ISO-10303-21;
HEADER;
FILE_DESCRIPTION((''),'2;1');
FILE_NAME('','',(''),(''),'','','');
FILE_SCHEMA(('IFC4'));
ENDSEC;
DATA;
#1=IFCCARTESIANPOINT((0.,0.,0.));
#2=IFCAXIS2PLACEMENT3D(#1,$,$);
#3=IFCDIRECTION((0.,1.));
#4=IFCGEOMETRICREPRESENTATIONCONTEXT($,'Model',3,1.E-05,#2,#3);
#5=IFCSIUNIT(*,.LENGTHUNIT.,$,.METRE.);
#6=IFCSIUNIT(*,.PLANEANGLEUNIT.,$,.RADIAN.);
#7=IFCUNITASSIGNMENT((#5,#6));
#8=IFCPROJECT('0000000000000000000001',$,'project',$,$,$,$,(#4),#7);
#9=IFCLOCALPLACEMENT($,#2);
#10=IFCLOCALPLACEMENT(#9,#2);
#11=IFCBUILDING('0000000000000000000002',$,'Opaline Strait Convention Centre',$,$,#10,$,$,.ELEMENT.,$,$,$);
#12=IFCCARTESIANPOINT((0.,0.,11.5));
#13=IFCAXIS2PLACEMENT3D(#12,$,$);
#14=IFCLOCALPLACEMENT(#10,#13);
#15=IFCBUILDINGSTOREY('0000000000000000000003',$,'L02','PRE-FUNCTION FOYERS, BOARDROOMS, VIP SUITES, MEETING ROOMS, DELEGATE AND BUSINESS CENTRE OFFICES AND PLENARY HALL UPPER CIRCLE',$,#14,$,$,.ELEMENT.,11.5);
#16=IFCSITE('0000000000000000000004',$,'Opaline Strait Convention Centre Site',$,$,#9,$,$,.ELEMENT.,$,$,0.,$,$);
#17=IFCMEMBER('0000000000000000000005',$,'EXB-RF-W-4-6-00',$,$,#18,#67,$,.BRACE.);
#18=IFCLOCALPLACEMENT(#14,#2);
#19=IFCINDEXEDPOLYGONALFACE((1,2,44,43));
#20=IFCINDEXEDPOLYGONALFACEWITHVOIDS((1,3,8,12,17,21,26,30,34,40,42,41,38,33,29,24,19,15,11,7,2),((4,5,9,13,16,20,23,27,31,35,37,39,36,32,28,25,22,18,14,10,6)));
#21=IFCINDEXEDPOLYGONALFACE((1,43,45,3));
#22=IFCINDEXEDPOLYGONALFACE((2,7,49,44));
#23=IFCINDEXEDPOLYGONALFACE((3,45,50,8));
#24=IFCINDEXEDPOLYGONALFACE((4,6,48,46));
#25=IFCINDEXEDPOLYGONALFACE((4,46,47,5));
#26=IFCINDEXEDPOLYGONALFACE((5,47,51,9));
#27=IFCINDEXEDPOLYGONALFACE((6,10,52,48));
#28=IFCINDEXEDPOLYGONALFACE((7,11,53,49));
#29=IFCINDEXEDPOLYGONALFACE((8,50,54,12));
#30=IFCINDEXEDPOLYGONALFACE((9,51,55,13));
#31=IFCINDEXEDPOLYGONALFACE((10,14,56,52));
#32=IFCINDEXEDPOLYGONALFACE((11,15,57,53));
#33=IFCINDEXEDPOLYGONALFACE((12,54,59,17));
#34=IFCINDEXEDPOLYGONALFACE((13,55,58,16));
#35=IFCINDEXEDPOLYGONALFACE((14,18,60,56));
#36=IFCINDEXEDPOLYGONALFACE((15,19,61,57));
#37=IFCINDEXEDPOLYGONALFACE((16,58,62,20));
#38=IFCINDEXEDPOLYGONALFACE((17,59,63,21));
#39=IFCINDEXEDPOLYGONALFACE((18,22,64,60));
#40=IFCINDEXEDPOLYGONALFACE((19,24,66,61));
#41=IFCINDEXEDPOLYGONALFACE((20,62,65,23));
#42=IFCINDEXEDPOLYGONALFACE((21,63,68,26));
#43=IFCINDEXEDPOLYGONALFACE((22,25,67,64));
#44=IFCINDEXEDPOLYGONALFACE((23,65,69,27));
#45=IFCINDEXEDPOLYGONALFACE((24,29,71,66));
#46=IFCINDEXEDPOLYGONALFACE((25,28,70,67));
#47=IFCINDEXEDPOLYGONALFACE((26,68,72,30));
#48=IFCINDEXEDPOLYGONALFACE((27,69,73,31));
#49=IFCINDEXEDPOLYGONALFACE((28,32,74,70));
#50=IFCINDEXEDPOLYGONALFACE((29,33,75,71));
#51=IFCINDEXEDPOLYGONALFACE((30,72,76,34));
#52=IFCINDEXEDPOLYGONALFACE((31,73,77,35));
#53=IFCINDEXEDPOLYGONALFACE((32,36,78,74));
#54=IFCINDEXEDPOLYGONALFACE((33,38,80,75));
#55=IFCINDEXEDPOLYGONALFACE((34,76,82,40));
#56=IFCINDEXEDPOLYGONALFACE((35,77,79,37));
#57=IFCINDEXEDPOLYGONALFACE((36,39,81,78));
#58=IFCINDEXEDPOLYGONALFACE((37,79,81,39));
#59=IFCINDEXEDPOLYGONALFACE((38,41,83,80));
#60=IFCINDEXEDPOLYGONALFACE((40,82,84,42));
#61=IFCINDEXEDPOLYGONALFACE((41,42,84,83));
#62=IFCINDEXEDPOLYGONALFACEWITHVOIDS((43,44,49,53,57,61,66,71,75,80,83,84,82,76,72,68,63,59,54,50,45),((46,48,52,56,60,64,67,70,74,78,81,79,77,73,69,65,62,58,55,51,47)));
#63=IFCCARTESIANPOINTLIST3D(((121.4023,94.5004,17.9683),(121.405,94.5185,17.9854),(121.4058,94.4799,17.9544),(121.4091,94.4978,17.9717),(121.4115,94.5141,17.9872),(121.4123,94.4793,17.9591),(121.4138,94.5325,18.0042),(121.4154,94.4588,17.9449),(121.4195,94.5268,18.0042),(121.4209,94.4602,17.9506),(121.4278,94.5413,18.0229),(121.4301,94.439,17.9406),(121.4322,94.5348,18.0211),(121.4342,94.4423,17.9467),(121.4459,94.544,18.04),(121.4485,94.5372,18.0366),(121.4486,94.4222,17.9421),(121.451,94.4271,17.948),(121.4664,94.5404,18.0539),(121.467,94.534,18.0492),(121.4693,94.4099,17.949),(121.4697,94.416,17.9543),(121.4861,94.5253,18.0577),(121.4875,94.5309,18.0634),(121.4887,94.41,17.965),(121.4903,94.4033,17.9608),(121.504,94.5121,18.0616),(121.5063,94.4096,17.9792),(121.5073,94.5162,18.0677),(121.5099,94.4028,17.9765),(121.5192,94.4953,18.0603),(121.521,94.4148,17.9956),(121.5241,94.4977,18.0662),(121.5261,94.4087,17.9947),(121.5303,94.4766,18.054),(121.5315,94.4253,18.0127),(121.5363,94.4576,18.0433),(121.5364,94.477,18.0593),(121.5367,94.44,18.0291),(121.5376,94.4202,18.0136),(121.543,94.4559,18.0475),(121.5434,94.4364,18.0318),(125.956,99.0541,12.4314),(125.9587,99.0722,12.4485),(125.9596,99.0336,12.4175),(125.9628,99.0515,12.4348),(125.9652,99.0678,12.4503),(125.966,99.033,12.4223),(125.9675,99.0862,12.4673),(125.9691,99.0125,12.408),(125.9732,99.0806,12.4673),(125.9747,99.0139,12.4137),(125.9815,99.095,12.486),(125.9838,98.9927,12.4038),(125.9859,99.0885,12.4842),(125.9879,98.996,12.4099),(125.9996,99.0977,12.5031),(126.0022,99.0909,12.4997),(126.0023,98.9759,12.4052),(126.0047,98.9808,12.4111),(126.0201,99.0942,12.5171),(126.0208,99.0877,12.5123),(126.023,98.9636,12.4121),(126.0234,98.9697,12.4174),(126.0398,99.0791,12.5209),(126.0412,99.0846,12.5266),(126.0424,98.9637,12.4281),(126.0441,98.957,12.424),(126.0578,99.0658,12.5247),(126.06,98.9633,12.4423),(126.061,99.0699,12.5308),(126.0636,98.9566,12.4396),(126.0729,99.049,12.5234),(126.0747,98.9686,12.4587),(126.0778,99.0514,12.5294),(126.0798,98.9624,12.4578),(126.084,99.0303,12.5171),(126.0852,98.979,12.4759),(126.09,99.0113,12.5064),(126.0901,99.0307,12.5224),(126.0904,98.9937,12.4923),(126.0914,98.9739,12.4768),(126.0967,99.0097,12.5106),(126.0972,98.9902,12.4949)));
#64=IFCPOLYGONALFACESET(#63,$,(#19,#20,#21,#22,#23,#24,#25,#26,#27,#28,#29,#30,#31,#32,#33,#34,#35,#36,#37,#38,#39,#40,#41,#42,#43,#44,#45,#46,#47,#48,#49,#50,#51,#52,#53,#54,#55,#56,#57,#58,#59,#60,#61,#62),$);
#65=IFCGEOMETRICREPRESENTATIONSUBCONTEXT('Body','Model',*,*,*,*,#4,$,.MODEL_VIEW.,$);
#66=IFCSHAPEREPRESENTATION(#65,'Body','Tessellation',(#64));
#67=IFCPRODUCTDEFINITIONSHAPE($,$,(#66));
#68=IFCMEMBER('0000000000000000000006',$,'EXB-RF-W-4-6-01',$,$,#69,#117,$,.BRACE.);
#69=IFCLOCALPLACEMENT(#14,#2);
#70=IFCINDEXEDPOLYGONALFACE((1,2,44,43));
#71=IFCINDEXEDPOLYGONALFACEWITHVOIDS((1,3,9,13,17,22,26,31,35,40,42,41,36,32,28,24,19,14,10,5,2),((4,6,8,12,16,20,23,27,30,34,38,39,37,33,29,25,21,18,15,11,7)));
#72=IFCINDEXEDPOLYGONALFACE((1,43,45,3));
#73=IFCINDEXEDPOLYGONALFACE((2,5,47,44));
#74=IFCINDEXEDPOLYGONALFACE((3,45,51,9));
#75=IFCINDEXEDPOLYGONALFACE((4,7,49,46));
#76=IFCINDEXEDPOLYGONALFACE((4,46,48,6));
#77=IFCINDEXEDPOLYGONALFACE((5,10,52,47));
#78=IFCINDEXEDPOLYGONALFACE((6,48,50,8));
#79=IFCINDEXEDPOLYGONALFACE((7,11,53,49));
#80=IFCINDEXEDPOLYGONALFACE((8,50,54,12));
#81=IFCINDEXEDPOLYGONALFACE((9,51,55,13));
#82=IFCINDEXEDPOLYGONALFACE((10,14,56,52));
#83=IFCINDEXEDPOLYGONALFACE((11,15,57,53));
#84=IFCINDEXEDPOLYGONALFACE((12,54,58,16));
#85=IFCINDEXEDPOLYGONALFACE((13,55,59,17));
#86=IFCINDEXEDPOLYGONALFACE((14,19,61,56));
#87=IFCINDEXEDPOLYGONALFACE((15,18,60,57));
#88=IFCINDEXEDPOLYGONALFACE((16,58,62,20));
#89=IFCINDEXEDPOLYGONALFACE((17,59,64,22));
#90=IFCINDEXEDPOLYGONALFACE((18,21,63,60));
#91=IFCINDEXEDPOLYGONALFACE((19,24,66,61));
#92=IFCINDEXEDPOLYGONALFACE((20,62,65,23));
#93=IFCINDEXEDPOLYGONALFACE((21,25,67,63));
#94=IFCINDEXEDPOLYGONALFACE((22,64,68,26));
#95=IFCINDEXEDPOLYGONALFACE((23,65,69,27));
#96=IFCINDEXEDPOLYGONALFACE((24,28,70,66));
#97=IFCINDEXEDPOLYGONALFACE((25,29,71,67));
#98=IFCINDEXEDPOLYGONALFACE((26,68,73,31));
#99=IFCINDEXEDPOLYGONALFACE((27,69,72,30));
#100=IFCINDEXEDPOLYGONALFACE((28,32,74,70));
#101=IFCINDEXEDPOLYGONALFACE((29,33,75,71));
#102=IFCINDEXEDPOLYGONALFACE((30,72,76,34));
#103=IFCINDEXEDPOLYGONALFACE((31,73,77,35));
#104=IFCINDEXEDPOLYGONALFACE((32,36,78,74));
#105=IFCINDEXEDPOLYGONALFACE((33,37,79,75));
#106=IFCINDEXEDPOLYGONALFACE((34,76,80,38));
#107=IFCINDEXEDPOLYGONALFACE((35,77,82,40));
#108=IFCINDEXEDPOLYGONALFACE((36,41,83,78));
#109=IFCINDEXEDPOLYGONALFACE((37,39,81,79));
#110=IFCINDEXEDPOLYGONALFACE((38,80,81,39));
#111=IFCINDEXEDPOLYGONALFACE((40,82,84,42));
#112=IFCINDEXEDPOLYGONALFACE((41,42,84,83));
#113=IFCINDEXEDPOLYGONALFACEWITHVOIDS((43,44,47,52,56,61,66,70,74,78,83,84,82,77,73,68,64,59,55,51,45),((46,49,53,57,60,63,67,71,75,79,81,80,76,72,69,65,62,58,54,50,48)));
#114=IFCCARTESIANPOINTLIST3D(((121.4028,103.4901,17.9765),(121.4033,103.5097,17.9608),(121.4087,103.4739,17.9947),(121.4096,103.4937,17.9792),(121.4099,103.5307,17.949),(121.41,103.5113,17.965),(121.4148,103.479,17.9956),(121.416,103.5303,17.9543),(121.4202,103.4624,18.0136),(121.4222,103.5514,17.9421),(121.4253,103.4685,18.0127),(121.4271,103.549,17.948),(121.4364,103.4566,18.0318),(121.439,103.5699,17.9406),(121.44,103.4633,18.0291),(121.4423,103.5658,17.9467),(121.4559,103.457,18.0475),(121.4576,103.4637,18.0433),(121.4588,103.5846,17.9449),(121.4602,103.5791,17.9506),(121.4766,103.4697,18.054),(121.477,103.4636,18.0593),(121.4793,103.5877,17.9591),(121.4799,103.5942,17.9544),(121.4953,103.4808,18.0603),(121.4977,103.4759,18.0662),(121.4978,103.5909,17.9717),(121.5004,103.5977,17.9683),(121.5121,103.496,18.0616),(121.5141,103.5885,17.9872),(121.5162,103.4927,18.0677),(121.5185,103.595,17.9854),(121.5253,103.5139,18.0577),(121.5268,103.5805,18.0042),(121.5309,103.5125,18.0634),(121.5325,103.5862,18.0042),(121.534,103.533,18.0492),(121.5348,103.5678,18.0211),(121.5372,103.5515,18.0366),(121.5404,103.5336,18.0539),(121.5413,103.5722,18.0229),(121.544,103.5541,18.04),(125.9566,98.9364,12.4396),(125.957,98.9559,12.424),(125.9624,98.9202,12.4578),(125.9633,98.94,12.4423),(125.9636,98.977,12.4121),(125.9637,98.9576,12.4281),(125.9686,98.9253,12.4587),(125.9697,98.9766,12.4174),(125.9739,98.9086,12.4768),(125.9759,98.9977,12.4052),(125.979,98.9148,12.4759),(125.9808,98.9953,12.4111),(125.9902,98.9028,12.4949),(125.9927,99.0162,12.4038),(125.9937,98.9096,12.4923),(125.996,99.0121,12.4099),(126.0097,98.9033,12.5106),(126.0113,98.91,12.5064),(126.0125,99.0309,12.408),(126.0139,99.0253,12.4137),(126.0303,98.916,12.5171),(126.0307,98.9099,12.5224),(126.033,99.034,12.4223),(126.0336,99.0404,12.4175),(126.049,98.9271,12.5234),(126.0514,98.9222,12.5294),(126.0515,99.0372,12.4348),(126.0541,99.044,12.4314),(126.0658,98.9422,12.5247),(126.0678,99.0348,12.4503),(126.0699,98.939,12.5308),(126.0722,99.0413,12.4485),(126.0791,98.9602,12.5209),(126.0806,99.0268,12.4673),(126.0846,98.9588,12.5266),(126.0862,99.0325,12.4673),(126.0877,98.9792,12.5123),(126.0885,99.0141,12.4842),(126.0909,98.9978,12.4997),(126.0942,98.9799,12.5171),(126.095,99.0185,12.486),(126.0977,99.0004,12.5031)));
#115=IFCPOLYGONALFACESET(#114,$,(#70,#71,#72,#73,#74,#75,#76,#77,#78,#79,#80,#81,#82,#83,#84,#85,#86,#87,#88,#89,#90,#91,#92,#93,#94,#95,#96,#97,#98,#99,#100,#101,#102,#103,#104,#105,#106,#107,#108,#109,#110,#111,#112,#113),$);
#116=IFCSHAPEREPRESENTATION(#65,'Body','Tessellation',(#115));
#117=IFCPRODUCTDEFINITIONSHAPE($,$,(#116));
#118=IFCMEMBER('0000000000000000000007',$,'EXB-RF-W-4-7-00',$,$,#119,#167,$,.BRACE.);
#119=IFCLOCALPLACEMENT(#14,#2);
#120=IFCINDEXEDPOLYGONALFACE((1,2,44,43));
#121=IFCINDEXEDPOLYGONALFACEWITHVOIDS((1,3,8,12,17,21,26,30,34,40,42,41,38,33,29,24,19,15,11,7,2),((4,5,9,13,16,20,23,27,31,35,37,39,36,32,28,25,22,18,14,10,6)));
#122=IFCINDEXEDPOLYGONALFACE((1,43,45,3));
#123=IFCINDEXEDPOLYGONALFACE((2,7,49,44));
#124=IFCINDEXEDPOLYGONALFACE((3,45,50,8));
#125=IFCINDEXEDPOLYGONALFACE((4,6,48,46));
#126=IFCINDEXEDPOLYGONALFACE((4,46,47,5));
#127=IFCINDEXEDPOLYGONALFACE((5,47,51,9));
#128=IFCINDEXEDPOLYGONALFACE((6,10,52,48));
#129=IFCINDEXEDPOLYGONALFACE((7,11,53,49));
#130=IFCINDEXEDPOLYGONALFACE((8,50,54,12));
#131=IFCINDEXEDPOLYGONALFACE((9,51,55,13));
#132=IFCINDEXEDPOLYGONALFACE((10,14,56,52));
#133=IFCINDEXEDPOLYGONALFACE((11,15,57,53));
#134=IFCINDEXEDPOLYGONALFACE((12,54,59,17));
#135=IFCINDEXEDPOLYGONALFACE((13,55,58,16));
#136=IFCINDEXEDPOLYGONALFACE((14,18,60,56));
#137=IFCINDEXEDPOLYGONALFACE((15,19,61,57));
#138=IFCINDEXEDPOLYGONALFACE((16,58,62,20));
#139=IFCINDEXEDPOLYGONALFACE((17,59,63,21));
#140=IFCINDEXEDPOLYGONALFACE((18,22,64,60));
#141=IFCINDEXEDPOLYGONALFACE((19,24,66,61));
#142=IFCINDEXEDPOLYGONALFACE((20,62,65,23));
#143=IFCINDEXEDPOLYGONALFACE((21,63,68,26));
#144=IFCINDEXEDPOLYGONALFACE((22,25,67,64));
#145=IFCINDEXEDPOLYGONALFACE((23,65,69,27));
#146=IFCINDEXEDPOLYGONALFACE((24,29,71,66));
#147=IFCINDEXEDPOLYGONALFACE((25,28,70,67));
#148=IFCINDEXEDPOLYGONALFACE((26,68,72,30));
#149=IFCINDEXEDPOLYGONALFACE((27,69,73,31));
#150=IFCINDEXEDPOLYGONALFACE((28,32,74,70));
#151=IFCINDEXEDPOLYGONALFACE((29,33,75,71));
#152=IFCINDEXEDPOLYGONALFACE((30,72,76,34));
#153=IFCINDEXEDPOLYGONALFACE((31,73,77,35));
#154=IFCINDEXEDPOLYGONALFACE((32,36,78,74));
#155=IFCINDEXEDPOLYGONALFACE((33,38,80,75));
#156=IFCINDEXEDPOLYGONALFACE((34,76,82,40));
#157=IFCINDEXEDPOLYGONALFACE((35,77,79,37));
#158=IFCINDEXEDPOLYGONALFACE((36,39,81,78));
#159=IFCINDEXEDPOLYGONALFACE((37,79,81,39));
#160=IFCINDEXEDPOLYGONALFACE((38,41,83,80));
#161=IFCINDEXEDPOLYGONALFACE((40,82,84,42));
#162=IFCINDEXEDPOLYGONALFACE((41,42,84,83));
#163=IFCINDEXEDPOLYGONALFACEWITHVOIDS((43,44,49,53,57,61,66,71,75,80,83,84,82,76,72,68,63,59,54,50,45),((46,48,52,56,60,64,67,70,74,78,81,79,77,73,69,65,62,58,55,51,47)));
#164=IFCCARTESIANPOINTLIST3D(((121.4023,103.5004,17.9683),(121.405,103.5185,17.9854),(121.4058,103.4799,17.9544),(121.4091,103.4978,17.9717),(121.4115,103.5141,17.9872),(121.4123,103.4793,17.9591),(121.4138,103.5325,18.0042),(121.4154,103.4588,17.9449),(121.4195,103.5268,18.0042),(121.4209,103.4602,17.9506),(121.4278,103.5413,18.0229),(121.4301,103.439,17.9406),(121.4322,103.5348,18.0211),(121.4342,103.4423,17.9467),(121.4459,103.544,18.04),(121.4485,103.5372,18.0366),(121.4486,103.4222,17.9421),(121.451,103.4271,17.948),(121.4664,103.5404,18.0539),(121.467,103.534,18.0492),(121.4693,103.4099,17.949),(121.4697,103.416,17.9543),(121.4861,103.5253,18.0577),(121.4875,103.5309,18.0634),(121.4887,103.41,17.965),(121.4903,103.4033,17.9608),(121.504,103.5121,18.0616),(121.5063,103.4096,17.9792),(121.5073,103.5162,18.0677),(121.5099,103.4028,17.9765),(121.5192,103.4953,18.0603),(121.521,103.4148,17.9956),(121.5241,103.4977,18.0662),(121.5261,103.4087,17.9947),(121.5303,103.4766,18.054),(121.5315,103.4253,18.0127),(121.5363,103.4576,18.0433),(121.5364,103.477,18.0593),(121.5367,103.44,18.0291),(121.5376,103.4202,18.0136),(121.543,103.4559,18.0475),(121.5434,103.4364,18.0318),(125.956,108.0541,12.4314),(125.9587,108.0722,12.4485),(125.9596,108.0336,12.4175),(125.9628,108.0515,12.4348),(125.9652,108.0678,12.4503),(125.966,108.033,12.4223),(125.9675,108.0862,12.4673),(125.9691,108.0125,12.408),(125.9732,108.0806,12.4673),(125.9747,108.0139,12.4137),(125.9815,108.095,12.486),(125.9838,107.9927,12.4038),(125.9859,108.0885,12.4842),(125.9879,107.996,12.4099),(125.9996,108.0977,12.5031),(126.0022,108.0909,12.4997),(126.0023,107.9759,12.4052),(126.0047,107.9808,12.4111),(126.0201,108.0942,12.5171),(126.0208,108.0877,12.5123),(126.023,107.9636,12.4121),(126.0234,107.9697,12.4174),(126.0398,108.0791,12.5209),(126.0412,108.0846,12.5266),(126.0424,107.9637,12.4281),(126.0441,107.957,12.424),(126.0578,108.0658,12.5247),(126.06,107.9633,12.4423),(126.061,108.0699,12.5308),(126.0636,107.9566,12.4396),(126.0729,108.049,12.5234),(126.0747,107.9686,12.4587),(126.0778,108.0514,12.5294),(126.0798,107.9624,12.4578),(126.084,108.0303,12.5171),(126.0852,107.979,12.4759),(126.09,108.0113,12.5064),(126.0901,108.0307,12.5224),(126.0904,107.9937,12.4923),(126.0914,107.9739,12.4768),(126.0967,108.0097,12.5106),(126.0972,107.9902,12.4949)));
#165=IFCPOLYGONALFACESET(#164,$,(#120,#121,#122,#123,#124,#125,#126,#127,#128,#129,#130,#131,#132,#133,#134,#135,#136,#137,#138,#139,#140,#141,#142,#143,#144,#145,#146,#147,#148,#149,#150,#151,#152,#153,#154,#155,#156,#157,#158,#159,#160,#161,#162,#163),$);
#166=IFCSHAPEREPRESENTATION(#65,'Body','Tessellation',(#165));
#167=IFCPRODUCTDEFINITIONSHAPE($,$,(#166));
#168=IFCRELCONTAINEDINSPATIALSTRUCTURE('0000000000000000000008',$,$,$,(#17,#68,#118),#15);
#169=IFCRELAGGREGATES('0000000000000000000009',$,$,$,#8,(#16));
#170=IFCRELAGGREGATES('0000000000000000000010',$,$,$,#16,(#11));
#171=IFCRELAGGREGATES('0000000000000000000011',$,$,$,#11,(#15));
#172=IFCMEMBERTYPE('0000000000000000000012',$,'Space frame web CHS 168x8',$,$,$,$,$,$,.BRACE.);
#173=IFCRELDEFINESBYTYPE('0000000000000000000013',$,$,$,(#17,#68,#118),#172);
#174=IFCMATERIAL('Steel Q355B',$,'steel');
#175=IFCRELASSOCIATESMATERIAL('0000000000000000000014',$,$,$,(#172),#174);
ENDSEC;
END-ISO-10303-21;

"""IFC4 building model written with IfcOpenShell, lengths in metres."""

from ifc_helpers import new_model, si_unit, direction, frame, origin, origin_2d, place, context, subcontext, project, spatial, hollow_circle, extrude, material, material_profile, profile_set, type_object, element, save


model = new_model("IFC4")

# Units and contexts
model_context = context("Model", 3, precision=1e-05, world=origin(), true_north=direction((0.0, 1.0)))
body_context = subcontext(model_context, "Body", "Model", "MODEL_VIEW")
ifc_project = project(units=[si_unit("LENGTHUNIT", "METRE"), si_unit("PLANEANGLEUNIT", "RADIAN")], contexts=[model_context])

# Site, building, storey
site_placement = place(None, origin())
site = spatial("IfcSite", under=ifc_project, at=site_placement, Name="Opaline Strait Convention Centre Site", CompositionType="ELEMENT", RefElevation=0.0)
building_placement = place(site_placement, origin())
building = spatial("IfcBuilding", under=site, at=building_placement, Name="Opaline Strait Convention Centre", CompositionType="ELEMENT")
storey_placement = place(building_placement, frame((0.0, 0.0, 11.5)))
storey = spatial("IfcBuildingStorey", under=building, at=storey_placement, Name="L02", Description="PRE-FUNCTION FOYERS, BOARDROOMS, VIP SUITES, MEETING ROOMS, DELEGATE AND BUSINESS CENTRE OFFICES AND PLENARY HALL UPPER CIRCLE", CompositionType="ELEMENT", Elevation=11.5)

# Members
ifc_material = material(Name="Steel Q355B", Category="steel")
ifc_material_profile_1 = material_profile(ifc_material, hollow_circle(Radius=0.084, WallThickness=0.0081, at=origin_2d()), Name="CHS 168x8")
ifc_profile_set_1 = profile_set([ifc_material_profile_1], Name="Steel Q355B")
member_type_1 = type_object("IfcMemberType", Name="Space frame web CHS 168x8", PredefinedType="BRACE", material=ifc_profile_set_1)
for number, where, z_axis, x_axis, name in (
    (1, (121.4731, 94.4731, 18.0042), (0.536178, 0.536178, -0.65194), (-0.707107, 0.707107, 0.0), "EXB-RF-W-4-6-00"),
    (2, (121.4731, 103.5269, 18.0042), (0.536178, -0.536178, -0.65194), (0.707107, 0.707107, 0.0), "EXB-RF-W-4-6-01"),
    (3, (121.4731, 103.4731, 18.0042), (0.536178, 0.536178, -0.65194), (-0.707107, 0.707107, 0.0), "EXB-RF-W-4-7-00"),
):
    element("IfcMember", number, at=place(storey_placement, frame(where, z_axis=z_axis, x_axis=x_axis)), inside=storey, type_object=member_type_1, Name=name, PredefinedType="BRACE", context=body_context, shape_type="SweptSolid", body=[
        extrude(hollow_circle(Radius=0.084, WallThickness=0.0081, at=origin_2d()), origin(), (0.0, 0.0, 1.0), 8.4929),
    ])

save(model, "model.ifc")
